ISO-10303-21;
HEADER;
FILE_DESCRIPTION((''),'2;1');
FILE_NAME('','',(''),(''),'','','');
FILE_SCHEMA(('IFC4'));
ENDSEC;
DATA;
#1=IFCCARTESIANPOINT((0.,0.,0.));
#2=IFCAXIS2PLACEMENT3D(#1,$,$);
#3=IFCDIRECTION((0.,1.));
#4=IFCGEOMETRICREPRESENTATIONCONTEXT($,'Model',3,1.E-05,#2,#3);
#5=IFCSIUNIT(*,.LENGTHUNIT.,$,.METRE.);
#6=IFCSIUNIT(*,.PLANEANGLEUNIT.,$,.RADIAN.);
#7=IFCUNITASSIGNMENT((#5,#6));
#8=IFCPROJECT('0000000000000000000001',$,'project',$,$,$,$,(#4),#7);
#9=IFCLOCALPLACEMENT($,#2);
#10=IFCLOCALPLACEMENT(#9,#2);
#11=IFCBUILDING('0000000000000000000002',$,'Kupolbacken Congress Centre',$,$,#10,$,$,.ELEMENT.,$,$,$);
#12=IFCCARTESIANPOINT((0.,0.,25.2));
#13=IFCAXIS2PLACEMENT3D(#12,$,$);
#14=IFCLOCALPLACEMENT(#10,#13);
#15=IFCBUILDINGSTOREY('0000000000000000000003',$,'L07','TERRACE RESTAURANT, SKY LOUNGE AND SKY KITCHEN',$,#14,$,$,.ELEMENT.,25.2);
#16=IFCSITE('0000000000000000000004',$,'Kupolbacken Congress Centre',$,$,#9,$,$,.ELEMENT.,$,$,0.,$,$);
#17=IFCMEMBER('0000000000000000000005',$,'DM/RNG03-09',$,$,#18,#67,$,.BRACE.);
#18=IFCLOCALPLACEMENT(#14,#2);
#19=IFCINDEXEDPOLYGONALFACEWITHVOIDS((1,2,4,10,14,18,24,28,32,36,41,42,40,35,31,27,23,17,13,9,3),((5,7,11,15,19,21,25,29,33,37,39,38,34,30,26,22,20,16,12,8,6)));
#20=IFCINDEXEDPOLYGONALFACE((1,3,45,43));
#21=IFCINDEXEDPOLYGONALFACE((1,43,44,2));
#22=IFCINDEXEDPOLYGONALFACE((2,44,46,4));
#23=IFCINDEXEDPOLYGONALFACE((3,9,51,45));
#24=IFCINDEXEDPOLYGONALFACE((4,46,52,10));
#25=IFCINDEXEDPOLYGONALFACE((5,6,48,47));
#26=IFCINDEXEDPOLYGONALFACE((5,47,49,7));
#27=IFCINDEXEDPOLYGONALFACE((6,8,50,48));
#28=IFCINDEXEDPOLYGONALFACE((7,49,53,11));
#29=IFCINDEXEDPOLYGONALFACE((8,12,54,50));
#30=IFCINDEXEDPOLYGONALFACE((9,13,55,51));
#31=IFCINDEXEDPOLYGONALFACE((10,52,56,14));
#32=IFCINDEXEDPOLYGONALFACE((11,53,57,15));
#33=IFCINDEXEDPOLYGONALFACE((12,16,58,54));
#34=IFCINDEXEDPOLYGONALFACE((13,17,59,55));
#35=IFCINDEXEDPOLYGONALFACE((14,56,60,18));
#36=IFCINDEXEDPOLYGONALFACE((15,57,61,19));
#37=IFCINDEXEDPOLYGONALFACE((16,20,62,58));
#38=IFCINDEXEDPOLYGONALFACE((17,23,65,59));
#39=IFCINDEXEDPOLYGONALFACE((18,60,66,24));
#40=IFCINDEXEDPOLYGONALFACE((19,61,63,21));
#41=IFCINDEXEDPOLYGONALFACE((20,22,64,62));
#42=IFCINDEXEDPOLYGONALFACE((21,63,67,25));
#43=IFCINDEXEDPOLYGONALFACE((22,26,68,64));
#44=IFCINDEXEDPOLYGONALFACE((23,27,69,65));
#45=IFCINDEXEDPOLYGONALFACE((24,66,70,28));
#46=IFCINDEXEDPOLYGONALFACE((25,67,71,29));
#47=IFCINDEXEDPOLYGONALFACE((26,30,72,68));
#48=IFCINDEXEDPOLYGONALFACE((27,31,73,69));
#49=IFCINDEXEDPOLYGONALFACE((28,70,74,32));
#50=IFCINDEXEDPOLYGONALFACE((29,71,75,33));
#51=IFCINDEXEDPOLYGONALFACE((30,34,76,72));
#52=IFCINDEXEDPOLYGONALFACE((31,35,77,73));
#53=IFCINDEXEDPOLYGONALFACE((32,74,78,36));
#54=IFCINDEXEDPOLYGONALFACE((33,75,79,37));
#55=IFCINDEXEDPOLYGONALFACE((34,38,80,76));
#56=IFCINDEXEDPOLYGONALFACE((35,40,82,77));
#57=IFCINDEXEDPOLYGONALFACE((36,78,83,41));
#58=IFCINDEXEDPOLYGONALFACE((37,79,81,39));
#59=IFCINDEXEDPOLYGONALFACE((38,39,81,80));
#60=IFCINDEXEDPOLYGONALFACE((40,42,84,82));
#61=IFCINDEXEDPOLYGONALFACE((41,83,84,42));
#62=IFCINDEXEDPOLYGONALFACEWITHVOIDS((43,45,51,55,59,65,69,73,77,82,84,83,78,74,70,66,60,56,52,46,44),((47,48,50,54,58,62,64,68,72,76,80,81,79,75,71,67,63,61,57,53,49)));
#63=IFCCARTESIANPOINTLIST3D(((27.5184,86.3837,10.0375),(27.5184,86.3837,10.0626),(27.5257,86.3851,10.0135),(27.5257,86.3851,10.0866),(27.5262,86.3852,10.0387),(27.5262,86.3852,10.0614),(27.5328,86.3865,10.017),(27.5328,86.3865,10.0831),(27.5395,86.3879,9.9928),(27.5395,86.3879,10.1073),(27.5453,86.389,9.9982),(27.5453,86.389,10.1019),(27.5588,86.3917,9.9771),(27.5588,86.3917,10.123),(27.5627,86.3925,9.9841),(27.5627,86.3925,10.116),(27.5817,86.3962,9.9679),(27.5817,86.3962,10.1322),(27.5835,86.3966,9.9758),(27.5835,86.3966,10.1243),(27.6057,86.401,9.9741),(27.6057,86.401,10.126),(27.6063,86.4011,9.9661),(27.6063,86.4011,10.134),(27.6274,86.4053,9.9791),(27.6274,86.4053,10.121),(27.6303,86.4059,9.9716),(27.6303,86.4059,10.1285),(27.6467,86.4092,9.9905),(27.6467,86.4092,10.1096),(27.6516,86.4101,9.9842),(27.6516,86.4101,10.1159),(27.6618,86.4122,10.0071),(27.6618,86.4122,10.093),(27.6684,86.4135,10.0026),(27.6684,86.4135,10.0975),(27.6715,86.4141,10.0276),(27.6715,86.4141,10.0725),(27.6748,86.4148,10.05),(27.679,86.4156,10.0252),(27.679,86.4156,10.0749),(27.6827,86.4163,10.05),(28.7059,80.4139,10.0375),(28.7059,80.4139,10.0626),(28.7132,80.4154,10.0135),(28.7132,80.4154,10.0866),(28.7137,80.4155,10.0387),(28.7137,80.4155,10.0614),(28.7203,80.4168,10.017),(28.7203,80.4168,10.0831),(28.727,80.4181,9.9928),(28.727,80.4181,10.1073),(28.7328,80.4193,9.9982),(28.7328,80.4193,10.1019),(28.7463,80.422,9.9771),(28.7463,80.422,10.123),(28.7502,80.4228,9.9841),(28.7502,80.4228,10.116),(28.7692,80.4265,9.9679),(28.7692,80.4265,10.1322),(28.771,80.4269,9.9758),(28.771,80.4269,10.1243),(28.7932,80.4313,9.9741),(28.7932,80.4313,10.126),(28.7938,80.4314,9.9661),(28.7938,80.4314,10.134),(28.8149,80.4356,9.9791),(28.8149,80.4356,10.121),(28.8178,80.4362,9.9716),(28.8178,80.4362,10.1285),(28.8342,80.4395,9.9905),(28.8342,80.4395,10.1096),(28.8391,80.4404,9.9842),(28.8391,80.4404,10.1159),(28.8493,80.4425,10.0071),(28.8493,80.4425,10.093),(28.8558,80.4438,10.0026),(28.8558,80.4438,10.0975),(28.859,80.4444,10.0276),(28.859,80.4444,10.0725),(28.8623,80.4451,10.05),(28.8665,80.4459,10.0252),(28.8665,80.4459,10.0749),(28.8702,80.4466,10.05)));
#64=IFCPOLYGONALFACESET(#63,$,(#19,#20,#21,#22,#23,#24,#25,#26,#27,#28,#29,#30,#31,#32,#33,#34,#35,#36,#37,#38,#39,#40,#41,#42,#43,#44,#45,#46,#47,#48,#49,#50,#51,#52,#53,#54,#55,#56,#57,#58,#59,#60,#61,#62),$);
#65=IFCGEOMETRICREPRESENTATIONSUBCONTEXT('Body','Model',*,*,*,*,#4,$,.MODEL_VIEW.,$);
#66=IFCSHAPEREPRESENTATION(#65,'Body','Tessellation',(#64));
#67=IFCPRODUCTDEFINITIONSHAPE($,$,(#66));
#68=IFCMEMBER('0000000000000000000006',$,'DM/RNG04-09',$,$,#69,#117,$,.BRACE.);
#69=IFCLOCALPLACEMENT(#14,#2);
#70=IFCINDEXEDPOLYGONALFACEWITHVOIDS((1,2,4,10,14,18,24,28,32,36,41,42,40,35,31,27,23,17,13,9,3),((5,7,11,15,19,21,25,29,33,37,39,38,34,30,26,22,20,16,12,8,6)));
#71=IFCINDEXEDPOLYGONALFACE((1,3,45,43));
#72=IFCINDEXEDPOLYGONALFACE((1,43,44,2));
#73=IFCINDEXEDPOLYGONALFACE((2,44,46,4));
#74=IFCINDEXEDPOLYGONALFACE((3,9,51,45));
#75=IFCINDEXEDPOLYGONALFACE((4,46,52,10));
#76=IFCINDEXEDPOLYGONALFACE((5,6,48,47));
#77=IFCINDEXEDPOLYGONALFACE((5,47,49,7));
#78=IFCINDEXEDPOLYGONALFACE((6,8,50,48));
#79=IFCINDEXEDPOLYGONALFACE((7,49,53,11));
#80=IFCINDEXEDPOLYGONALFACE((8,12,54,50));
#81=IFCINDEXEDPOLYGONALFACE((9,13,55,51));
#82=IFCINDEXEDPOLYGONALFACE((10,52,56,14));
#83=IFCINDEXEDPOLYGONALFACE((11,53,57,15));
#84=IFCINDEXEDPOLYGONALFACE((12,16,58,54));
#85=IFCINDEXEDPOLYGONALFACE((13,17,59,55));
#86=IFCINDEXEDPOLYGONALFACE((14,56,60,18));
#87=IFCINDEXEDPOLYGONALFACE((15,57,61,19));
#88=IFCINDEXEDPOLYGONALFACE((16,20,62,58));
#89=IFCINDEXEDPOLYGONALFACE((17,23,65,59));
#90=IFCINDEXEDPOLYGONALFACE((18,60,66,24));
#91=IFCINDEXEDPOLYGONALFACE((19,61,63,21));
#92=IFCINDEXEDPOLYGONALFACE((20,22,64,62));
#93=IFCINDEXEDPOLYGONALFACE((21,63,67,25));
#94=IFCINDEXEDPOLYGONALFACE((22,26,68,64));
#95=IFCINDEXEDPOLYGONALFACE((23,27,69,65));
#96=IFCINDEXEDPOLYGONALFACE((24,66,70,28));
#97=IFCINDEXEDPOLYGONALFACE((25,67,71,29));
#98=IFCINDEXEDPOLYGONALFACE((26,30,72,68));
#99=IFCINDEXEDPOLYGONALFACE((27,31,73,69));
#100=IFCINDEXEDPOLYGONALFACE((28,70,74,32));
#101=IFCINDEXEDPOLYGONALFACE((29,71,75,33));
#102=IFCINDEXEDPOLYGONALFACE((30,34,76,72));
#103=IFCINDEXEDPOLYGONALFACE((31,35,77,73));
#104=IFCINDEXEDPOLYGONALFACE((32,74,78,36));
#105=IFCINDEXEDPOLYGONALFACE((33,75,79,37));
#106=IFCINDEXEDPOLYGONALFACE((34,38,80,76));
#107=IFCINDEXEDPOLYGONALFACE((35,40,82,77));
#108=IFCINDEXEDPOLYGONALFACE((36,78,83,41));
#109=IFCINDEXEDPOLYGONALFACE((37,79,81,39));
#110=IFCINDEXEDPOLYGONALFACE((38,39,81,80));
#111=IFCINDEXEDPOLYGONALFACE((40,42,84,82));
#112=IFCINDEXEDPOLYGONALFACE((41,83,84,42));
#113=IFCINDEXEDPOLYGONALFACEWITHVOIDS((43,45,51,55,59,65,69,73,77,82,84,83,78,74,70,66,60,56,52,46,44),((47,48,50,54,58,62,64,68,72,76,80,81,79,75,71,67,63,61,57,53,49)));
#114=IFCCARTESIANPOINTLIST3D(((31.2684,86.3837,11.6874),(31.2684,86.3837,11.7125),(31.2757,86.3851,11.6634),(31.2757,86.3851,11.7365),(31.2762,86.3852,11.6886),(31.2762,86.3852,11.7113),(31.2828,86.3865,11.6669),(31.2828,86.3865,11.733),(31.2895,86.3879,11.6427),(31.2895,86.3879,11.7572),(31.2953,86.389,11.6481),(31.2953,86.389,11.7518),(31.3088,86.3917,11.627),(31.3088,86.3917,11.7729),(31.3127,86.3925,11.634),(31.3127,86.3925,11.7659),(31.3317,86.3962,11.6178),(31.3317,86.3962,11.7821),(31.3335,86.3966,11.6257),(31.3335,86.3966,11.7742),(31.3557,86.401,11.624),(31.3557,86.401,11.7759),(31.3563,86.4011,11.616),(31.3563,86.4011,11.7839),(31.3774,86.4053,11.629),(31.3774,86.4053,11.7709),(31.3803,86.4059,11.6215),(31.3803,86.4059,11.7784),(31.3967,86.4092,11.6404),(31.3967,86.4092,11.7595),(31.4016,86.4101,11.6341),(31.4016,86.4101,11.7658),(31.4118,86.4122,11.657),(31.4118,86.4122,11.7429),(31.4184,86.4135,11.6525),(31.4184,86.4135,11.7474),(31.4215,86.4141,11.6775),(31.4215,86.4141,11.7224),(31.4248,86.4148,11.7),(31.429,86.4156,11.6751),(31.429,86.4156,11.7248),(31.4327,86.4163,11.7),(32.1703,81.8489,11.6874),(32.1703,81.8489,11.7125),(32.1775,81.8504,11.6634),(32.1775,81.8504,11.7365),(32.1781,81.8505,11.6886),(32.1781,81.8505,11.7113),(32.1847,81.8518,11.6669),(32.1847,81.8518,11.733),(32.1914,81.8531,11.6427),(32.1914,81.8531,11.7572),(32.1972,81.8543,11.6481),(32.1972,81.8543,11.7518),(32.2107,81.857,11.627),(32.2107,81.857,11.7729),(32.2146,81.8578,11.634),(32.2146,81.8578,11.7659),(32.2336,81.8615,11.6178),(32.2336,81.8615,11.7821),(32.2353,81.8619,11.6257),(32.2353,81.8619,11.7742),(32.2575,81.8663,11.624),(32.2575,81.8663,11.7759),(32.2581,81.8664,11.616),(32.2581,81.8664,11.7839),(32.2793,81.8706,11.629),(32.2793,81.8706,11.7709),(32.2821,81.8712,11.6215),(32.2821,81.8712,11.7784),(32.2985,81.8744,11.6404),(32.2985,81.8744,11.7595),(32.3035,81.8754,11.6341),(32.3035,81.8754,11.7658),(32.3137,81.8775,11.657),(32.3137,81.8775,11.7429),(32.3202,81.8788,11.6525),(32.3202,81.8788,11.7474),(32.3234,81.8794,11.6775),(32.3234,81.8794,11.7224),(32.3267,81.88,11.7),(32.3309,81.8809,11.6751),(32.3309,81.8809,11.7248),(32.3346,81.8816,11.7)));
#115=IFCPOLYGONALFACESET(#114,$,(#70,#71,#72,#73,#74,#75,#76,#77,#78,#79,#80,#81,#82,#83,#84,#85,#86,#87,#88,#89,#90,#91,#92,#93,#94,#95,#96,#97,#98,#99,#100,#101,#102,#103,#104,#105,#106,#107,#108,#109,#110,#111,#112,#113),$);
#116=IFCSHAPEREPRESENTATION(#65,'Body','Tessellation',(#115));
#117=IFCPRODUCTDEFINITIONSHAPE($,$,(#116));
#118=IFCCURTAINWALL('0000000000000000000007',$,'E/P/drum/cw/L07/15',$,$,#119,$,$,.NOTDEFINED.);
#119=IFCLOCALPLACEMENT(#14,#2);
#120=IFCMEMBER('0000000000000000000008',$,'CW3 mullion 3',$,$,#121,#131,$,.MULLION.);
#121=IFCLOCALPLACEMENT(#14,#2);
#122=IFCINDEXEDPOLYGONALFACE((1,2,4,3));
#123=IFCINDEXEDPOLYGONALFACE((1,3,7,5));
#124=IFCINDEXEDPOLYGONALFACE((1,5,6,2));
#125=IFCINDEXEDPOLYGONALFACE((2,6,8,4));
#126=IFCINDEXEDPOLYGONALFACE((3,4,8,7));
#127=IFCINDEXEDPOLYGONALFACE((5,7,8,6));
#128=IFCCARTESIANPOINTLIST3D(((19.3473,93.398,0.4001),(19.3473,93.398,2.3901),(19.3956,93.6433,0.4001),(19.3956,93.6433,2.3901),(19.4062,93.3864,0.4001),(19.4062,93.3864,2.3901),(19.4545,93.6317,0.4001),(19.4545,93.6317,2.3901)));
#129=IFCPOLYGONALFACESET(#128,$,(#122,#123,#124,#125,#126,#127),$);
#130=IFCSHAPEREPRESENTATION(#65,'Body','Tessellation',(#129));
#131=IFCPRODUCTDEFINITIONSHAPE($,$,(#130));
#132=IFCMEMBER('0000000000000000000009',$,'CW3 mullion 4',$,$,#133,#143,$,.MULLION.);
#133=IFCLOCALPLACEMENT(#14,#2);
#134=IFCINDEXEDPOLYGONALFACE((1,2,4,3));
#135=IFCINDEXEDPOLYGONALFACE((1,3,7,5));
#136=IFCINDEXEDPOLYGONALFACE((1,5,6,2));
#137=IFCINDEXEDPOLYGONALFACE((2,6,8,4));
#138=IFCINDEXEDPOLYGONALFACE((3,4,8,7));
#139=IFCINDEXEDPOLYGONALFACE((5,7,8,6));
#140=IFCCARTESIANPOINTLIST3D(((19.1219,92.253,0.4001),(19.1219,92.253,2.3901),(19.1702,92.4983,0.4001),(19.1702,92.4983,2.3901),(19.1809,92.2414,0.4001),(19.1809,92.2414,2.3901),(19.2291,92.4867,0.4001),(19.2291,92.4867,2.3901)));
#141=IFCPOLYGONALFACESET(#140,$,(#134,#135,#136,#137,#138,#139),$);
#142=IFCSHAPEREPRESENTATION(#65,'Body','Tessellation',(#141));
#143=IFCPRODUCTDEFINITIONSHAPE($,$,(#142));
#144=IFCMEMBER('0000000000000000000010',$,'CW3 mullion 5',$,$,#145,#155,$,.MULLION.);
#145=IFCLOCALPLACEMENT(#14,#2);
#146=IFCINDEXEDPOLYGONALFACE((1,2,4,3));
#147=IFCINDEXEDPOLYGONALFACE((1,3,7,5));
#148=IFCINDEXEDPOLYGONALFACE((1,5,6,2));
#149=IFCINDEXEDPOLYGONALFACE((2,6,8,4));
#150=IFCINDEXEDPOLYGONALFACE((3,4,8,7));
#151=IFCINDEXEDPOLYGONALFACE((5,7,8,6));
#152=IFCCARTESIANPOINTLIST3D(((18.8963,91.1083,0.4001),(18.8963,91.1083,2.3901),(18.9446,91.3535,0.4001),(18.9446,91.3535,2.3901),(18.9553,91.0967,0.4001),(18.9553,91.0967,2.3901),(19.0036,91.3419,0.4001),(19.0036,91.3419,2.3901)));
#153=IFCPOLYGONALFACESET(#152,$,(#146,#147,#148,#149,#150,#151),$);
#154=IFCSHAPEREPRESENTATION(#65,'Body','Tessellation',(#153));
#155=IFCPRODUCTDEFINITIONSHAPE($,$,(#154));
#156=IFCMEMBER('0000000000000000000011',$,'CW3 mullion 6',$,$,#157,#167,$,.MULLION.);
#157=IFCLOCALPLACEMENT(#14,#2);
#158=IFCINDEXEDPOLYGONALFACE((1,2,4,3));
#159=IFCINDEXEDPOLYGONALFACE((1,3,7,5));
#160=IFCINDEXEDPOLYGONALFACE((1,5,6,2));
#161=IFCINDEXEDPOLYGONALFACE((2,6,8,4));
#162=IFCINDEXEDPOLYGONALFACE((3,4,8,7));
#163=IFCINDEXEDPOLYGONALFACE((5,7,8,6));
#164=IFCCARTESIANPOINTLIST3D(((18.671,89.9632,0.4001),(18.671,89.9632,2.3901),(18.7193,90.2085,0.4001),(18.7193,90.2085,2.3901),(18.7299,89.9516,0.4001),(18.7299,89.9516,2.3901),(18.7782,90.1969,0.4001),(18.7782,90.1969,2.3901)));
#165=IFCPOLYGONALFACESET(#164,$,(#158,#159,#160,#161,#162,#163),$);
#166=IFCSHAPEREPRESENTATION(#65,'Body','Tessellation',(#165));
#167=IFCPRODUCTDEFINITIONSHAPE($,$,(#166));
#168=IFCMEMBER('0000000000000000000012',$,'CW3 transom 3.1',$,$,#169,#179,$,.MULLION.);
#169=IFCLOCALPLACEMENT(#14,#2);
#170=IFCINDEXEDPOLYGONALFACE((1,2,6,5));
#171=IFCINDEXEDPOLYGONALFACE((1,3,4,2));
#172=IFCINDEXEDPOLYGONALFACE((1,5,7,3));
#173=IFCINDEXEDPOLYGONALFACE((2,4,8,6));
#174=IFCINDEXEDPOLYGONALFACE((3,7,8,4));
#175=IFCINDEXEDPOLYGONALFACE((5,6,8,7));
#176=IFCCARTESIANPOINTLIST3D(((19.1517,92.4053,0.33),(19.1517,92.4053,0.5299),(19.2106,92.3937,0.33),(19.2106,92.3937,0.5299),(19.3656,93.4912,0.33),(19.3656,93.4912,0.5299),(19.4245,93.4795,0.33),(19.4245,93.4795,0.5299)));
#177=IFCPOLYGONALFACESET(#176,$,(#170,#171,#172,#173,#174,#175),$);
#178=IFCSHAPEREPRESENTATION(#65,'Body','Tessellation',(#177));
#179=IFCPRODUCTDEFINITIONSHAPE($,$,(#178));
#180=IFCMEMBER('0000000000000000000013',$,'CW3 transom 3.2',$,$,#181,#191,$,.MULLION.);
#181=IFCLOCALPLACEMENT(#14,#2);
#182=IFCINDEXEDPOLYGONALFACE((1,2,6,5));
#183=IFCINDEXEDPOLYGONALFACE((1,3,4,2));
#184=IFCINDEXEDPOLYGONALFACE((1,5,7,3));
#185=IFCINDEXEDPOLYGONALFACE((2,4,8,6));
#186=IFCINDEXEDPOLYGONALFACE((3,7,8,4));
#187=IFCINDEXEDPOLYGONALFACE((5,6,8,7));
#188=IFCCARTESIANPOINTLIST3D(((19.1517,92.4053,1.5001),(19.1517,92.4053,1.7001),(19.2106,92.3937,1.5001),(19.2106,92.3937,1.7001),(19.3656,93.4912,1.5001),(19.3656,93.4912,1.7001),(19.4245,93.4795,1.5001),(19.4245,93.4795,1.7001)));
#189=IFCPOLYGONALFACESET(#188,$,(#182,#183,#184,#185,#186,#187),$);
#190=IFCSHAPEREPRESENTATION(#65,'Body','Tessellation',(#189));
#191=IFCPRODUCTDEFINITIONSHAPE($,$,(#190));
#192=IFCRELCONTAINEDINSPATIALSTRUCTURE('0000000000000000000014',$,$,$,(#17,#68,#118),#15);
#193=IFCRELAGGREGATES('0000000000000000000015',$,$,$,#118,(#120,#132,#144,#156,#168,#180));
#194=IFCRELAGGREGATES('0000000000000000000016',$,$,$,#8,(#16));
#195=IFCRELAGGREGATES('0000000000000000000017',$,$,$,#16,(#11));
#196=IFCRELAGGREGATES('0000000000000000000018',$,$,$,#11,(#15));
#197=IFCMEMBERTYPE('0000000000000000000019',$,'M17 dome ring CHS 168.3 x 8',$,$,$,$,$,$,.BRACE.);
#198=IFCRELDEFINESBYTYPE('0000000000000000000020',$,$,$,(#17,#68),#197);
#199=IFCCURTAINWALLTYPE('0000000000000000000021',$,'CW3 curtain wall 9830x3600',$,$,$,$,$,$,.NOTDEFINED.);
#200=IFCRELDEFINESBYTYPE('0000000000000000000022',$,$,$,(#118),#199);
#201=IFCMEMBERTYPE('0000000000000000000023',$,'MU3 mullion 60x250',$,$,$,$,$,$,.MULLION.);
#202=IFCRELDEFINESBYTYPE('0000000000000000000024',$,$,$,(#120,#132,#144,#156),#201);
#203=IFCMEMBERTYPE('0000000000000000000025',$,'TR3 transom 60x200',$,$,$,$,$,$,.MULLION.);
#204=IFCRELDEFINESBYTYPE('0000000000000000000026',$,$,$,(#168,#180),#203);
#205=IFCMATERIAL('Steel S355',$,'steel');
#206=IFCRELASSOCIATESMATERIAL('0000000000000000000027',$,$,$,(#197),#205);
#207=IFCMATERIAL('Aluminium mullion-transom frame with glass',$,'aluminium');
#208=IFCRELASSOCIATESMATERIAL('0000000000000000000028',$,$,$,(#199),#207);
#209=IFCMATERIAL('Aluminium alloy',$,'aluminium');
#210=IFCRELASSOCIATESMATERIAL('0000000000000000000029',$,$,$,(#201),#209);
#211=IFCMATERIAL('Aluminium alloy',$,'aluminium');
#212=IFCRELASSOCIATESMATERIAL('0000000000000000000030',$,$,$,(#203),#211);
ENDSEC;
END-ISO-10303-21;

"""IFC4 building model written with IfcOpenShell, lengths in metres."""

from ifc_helpers import new_model, si_unit, direction, frame, origin, origin_2d, place, context, subcontext, project, spatial, rectangle, hollow_circle, extrude, material, material_profile, profile_set, type_object, element, aggregate, save


model = new_model("IFC4")

# Units and contexts
model_context = context("Model", 3, precision=1e-05, world=origin(), true_north=direction((0.0, 1.0)))
body_context = subcontext(model_context, "Body", "Model", "MODEL_VIEW")
ifc_project = project(units=[si_unit("LENGTHUNIT", "METRE"), si_unit("PLANEANGLEUNIT", "RADIAN")], contexts=[model_context])

# Site, building, storey
site_placement = place(None, origin())
site = spatial("IfcSite", under=ifc_project, at=site_placement, Name="Kupolbacken Congress Centre", CompositionType="ELEMENT", RefElevation=0.0)
building_placement = place(site_placement, origin())
building = spatial("IfcBuilding", under=site, at=building_placement, Name="Kupolbacken Congress Centre", CompositionType="ELEMENT")
storey_placement = place(building_placement, frame((0.0, 0.0, 25.2)))
storey = spatial("IfcBuildingStorey", under=building, at=storey_placement, Name="L07", Description="TERRACE RESTAURANT, SKY LOUNGE AND SKY KITCHEN", CompositionType="ELEMENT", Elevation=25.2)

# Members
ifc_material_1 = material(Name="Steel S355", Category="steel")
ifc_material_profile_1 = material_profile(ifc_material_1, hollow_circle(Radius=0.0842, WallThickness=0.0081, at=origin_2d()), Name="CHS 168.3 x 8")
ifc_profile_set_1 = profile_set([ifc_material_profile_1], Name="Steel S355")
member_type_1 = type_object("IfcMemberType", Name="M17 dome ring CHS 168.3 x 8", PredefinedType="BRACE", material=ifc_profile_set_1)
member_1_placement = place(storey_placement, frame((27.6001, 86.3999, 10.05), z_axis=(0.195098, -0.980784, 0.0), x_axis=(0.980784, 0.195098, 0.0)))
element("IfcMember", 1, at=member_1_placement, inside=storey, type_object=member_type_1, Name="DM/RNG03-09", PredefinedType="BRACE", context=body_context, shape_type="SweptSolid", body=[
    extrude(hollow_circle(Radius=0.0842, WallThickness=0.0081, at=origin_2d()), origin(), (0.0, 0.0, 1.0), 6.0867),
])
member_2_placement = place(storey_placement, frame((31.3501, 86.3999, 11.7), z_axis=(0.19506, -0.980791, 0.0), x_axis=(0.980791, 0.19506, 0.0)))
element("IfcMember", 2, at=member_2_placement, inside=storey, type_object=member_type_1, Name="DM/RNG04-09", PredefinedType="BRACE", context=body_context, shape_type="SweptSolid", body=[
    extrude(hollow_circle(Radius=0.0842, WallThickness=0.0081, at=origin_2d()), origin(), (0.0, 0.0, 1.0), 4.6235),
])

# Curtain wall, members
ifc_material_2 = material(Name="Aluminium mullion-transom frame with glass", Category="aluminium")
curtain_wall_type = type_object("IfcCurtainWallType", Name="CW3 curtain wall 9830x3600", PredefinedType="NOTDEFINED", material=ifc_material_2)
curtain_wall_placement = place(storey_placement, origin())
curtain_wall = element("IfcCurtainWall", 3, at=curtain_wall_placement, inside=storey, type_object=curtain_wall_type, Name="E/P/drum/cw/L07/15", PredefinedType="NOTDEFINED")
ifc_material_3 = material(Name="Aluminium alloy", Category="aluminium")
ifc_material_profile_2 = material_profile(ifc_material_3, rectangle(XDim=0.0601, YDim=0.25, at=origin_2d()), Name="60 x 250")
ifc_profile_set_2 = profile_set([ifc_material_profile_2], Name="Aluminium alloy")
member_type_2 = type_object("IfcMemberType", Name="MU3 mullion 60x250", PredefinedType="MULLION", material=ifc_profile_set_2)
member_3_placement = place(storey_placement, frame((19.4009, 93.5149, 0.4001), z_axis=(0.0, 0.0, 1.0), x_axis=(0.981163, -0.193182, 0.0)))
member_3 = element("IfcMember", 4, at=member_3_placement, type_object=member_type_2, Name="CW3 mullion 3", PredefinedType="MULLION", context=body_context, shape_type="SweptSolid", body=[
    extrude(rectangle(XDim=0.0601, YDim=0.25, at=origin_2d()), origin(), (0.0, 0.0, 1.0), 1.99),
])
member_4_placement = place(storey_placement, frame((19.1755, 92.3699, 0.4001), z_axis=(0.0, 0.0, 1.0), x_axis=(0.981163, -0.193182, 0.0)))
member_4 = element("IfcMember", 5, at=member_4_placement, type_object=member_type_2, Name="CW3 mullion 4", PredefinedType="MULLION", context=body_context, shape_type="SweptSolid", body=[
    extrude(rectangle(XDim=0.0601, YDim=0.25, at=origin_2d()), origin(), (0.0, 0.0, 1.0), 1.99),
])
member_5_placement = place(storey_placement, frame((18.95, 91.2251, 0.4001), z_axis=(0.0, 0.0, 1.0), x_axis=(0.981163, -0.193182, 0.0)))
member_5 = element("IfcMember", 6, at=member_5_placement, type_object=member_type_2, Name="CW3 mullion 5", PredefinedType="MULLION", context=body_context, shape_type="SweptSolid", body=[
    extrude(rectangle(XDim=0.0601, YDim=0.25, at=origin_2d()), origin(), (0.0, 0.0, 1.0), 1.99),
])
member_6_placement = place(storey_placement, frame((18.7246, 90.0801, 0.4001), z_axis=(0.0, 0.0, 1.0), x_axis=(0.981163, -0.193182, 0.0)))
member_6 = element("IfcMember", 7, at=member_6_placement, type_object=member_type_2, Name="CW3 mullion 6", PredefinedType="MULLION", context=body_context, shape_type="SweptSolid", body=[
    extrude(rectangle(XDim=0.0601, YDim=0.25, at=origin_2d()), origin(), (0.0, 0.0, 1.0), 1.99),
])
ifc_material_4 = material(Name="Aluminium alloy", Category="aluminium")
ifc_material_profile_3 = material_profile(ifc_material_4, rectangle(XDim=0.0601, YDim=0.2, at=origin_2d()), Name="60 x 200")
ifc_profile_set_3 = profile_set([ifc_material_profile_3], Name="Aluminium alloy")
member_type_3 = type_object("IfcMemberType", Name="TR3 transom 60x200", PredefinedType="MULLION", material=ifc_profile_set_3)
member_7_placement = place(storey_placement, frame((19.395, 93.4854, 0.4299), z_axis=(-0.193231, -0.981153, 0.0), x_axis=(0.981153, -0.193231, 0.0)))
member_7 = element("IfcMember", 8, at=member_7_placement, type_object=member_type_3, Name="CW3 transom 3.1", PredefinedType="MULLION", context=body_context, shape_type="SweptSolid", body=[
    extrude(rectangle(XDim=0.0601, YDim=0.2, at=origin_2d()), origin(), (0.0, 0.0, 1.0), 1.1067),
])
member_8_placement = place(storey_placement, frame((19.395, 93.4854, 1.6001), z_axis=(-0.193231, -0.981153, 0.0), x_axis=(0.981153, -0.193231, 0.0)))
member_8 = element("IfcMember", 9, at=member_8_placement, type_object=member_type_3, Name="CW3 transom 3.2", PredefinedType="MULLION", context=body_context, shape_type="SweptSolid", body=[
    extrude(rectangle(XDim=0.0601, YDim=0.2, at=origin_2d()), origin(), (0.0, 0.0, 1.0), 1.1067),
])
aggregate(curtain_wall, [member_3, member_4, member_5, member_6, member_7, member_8])

save(model, "model.ifc")
